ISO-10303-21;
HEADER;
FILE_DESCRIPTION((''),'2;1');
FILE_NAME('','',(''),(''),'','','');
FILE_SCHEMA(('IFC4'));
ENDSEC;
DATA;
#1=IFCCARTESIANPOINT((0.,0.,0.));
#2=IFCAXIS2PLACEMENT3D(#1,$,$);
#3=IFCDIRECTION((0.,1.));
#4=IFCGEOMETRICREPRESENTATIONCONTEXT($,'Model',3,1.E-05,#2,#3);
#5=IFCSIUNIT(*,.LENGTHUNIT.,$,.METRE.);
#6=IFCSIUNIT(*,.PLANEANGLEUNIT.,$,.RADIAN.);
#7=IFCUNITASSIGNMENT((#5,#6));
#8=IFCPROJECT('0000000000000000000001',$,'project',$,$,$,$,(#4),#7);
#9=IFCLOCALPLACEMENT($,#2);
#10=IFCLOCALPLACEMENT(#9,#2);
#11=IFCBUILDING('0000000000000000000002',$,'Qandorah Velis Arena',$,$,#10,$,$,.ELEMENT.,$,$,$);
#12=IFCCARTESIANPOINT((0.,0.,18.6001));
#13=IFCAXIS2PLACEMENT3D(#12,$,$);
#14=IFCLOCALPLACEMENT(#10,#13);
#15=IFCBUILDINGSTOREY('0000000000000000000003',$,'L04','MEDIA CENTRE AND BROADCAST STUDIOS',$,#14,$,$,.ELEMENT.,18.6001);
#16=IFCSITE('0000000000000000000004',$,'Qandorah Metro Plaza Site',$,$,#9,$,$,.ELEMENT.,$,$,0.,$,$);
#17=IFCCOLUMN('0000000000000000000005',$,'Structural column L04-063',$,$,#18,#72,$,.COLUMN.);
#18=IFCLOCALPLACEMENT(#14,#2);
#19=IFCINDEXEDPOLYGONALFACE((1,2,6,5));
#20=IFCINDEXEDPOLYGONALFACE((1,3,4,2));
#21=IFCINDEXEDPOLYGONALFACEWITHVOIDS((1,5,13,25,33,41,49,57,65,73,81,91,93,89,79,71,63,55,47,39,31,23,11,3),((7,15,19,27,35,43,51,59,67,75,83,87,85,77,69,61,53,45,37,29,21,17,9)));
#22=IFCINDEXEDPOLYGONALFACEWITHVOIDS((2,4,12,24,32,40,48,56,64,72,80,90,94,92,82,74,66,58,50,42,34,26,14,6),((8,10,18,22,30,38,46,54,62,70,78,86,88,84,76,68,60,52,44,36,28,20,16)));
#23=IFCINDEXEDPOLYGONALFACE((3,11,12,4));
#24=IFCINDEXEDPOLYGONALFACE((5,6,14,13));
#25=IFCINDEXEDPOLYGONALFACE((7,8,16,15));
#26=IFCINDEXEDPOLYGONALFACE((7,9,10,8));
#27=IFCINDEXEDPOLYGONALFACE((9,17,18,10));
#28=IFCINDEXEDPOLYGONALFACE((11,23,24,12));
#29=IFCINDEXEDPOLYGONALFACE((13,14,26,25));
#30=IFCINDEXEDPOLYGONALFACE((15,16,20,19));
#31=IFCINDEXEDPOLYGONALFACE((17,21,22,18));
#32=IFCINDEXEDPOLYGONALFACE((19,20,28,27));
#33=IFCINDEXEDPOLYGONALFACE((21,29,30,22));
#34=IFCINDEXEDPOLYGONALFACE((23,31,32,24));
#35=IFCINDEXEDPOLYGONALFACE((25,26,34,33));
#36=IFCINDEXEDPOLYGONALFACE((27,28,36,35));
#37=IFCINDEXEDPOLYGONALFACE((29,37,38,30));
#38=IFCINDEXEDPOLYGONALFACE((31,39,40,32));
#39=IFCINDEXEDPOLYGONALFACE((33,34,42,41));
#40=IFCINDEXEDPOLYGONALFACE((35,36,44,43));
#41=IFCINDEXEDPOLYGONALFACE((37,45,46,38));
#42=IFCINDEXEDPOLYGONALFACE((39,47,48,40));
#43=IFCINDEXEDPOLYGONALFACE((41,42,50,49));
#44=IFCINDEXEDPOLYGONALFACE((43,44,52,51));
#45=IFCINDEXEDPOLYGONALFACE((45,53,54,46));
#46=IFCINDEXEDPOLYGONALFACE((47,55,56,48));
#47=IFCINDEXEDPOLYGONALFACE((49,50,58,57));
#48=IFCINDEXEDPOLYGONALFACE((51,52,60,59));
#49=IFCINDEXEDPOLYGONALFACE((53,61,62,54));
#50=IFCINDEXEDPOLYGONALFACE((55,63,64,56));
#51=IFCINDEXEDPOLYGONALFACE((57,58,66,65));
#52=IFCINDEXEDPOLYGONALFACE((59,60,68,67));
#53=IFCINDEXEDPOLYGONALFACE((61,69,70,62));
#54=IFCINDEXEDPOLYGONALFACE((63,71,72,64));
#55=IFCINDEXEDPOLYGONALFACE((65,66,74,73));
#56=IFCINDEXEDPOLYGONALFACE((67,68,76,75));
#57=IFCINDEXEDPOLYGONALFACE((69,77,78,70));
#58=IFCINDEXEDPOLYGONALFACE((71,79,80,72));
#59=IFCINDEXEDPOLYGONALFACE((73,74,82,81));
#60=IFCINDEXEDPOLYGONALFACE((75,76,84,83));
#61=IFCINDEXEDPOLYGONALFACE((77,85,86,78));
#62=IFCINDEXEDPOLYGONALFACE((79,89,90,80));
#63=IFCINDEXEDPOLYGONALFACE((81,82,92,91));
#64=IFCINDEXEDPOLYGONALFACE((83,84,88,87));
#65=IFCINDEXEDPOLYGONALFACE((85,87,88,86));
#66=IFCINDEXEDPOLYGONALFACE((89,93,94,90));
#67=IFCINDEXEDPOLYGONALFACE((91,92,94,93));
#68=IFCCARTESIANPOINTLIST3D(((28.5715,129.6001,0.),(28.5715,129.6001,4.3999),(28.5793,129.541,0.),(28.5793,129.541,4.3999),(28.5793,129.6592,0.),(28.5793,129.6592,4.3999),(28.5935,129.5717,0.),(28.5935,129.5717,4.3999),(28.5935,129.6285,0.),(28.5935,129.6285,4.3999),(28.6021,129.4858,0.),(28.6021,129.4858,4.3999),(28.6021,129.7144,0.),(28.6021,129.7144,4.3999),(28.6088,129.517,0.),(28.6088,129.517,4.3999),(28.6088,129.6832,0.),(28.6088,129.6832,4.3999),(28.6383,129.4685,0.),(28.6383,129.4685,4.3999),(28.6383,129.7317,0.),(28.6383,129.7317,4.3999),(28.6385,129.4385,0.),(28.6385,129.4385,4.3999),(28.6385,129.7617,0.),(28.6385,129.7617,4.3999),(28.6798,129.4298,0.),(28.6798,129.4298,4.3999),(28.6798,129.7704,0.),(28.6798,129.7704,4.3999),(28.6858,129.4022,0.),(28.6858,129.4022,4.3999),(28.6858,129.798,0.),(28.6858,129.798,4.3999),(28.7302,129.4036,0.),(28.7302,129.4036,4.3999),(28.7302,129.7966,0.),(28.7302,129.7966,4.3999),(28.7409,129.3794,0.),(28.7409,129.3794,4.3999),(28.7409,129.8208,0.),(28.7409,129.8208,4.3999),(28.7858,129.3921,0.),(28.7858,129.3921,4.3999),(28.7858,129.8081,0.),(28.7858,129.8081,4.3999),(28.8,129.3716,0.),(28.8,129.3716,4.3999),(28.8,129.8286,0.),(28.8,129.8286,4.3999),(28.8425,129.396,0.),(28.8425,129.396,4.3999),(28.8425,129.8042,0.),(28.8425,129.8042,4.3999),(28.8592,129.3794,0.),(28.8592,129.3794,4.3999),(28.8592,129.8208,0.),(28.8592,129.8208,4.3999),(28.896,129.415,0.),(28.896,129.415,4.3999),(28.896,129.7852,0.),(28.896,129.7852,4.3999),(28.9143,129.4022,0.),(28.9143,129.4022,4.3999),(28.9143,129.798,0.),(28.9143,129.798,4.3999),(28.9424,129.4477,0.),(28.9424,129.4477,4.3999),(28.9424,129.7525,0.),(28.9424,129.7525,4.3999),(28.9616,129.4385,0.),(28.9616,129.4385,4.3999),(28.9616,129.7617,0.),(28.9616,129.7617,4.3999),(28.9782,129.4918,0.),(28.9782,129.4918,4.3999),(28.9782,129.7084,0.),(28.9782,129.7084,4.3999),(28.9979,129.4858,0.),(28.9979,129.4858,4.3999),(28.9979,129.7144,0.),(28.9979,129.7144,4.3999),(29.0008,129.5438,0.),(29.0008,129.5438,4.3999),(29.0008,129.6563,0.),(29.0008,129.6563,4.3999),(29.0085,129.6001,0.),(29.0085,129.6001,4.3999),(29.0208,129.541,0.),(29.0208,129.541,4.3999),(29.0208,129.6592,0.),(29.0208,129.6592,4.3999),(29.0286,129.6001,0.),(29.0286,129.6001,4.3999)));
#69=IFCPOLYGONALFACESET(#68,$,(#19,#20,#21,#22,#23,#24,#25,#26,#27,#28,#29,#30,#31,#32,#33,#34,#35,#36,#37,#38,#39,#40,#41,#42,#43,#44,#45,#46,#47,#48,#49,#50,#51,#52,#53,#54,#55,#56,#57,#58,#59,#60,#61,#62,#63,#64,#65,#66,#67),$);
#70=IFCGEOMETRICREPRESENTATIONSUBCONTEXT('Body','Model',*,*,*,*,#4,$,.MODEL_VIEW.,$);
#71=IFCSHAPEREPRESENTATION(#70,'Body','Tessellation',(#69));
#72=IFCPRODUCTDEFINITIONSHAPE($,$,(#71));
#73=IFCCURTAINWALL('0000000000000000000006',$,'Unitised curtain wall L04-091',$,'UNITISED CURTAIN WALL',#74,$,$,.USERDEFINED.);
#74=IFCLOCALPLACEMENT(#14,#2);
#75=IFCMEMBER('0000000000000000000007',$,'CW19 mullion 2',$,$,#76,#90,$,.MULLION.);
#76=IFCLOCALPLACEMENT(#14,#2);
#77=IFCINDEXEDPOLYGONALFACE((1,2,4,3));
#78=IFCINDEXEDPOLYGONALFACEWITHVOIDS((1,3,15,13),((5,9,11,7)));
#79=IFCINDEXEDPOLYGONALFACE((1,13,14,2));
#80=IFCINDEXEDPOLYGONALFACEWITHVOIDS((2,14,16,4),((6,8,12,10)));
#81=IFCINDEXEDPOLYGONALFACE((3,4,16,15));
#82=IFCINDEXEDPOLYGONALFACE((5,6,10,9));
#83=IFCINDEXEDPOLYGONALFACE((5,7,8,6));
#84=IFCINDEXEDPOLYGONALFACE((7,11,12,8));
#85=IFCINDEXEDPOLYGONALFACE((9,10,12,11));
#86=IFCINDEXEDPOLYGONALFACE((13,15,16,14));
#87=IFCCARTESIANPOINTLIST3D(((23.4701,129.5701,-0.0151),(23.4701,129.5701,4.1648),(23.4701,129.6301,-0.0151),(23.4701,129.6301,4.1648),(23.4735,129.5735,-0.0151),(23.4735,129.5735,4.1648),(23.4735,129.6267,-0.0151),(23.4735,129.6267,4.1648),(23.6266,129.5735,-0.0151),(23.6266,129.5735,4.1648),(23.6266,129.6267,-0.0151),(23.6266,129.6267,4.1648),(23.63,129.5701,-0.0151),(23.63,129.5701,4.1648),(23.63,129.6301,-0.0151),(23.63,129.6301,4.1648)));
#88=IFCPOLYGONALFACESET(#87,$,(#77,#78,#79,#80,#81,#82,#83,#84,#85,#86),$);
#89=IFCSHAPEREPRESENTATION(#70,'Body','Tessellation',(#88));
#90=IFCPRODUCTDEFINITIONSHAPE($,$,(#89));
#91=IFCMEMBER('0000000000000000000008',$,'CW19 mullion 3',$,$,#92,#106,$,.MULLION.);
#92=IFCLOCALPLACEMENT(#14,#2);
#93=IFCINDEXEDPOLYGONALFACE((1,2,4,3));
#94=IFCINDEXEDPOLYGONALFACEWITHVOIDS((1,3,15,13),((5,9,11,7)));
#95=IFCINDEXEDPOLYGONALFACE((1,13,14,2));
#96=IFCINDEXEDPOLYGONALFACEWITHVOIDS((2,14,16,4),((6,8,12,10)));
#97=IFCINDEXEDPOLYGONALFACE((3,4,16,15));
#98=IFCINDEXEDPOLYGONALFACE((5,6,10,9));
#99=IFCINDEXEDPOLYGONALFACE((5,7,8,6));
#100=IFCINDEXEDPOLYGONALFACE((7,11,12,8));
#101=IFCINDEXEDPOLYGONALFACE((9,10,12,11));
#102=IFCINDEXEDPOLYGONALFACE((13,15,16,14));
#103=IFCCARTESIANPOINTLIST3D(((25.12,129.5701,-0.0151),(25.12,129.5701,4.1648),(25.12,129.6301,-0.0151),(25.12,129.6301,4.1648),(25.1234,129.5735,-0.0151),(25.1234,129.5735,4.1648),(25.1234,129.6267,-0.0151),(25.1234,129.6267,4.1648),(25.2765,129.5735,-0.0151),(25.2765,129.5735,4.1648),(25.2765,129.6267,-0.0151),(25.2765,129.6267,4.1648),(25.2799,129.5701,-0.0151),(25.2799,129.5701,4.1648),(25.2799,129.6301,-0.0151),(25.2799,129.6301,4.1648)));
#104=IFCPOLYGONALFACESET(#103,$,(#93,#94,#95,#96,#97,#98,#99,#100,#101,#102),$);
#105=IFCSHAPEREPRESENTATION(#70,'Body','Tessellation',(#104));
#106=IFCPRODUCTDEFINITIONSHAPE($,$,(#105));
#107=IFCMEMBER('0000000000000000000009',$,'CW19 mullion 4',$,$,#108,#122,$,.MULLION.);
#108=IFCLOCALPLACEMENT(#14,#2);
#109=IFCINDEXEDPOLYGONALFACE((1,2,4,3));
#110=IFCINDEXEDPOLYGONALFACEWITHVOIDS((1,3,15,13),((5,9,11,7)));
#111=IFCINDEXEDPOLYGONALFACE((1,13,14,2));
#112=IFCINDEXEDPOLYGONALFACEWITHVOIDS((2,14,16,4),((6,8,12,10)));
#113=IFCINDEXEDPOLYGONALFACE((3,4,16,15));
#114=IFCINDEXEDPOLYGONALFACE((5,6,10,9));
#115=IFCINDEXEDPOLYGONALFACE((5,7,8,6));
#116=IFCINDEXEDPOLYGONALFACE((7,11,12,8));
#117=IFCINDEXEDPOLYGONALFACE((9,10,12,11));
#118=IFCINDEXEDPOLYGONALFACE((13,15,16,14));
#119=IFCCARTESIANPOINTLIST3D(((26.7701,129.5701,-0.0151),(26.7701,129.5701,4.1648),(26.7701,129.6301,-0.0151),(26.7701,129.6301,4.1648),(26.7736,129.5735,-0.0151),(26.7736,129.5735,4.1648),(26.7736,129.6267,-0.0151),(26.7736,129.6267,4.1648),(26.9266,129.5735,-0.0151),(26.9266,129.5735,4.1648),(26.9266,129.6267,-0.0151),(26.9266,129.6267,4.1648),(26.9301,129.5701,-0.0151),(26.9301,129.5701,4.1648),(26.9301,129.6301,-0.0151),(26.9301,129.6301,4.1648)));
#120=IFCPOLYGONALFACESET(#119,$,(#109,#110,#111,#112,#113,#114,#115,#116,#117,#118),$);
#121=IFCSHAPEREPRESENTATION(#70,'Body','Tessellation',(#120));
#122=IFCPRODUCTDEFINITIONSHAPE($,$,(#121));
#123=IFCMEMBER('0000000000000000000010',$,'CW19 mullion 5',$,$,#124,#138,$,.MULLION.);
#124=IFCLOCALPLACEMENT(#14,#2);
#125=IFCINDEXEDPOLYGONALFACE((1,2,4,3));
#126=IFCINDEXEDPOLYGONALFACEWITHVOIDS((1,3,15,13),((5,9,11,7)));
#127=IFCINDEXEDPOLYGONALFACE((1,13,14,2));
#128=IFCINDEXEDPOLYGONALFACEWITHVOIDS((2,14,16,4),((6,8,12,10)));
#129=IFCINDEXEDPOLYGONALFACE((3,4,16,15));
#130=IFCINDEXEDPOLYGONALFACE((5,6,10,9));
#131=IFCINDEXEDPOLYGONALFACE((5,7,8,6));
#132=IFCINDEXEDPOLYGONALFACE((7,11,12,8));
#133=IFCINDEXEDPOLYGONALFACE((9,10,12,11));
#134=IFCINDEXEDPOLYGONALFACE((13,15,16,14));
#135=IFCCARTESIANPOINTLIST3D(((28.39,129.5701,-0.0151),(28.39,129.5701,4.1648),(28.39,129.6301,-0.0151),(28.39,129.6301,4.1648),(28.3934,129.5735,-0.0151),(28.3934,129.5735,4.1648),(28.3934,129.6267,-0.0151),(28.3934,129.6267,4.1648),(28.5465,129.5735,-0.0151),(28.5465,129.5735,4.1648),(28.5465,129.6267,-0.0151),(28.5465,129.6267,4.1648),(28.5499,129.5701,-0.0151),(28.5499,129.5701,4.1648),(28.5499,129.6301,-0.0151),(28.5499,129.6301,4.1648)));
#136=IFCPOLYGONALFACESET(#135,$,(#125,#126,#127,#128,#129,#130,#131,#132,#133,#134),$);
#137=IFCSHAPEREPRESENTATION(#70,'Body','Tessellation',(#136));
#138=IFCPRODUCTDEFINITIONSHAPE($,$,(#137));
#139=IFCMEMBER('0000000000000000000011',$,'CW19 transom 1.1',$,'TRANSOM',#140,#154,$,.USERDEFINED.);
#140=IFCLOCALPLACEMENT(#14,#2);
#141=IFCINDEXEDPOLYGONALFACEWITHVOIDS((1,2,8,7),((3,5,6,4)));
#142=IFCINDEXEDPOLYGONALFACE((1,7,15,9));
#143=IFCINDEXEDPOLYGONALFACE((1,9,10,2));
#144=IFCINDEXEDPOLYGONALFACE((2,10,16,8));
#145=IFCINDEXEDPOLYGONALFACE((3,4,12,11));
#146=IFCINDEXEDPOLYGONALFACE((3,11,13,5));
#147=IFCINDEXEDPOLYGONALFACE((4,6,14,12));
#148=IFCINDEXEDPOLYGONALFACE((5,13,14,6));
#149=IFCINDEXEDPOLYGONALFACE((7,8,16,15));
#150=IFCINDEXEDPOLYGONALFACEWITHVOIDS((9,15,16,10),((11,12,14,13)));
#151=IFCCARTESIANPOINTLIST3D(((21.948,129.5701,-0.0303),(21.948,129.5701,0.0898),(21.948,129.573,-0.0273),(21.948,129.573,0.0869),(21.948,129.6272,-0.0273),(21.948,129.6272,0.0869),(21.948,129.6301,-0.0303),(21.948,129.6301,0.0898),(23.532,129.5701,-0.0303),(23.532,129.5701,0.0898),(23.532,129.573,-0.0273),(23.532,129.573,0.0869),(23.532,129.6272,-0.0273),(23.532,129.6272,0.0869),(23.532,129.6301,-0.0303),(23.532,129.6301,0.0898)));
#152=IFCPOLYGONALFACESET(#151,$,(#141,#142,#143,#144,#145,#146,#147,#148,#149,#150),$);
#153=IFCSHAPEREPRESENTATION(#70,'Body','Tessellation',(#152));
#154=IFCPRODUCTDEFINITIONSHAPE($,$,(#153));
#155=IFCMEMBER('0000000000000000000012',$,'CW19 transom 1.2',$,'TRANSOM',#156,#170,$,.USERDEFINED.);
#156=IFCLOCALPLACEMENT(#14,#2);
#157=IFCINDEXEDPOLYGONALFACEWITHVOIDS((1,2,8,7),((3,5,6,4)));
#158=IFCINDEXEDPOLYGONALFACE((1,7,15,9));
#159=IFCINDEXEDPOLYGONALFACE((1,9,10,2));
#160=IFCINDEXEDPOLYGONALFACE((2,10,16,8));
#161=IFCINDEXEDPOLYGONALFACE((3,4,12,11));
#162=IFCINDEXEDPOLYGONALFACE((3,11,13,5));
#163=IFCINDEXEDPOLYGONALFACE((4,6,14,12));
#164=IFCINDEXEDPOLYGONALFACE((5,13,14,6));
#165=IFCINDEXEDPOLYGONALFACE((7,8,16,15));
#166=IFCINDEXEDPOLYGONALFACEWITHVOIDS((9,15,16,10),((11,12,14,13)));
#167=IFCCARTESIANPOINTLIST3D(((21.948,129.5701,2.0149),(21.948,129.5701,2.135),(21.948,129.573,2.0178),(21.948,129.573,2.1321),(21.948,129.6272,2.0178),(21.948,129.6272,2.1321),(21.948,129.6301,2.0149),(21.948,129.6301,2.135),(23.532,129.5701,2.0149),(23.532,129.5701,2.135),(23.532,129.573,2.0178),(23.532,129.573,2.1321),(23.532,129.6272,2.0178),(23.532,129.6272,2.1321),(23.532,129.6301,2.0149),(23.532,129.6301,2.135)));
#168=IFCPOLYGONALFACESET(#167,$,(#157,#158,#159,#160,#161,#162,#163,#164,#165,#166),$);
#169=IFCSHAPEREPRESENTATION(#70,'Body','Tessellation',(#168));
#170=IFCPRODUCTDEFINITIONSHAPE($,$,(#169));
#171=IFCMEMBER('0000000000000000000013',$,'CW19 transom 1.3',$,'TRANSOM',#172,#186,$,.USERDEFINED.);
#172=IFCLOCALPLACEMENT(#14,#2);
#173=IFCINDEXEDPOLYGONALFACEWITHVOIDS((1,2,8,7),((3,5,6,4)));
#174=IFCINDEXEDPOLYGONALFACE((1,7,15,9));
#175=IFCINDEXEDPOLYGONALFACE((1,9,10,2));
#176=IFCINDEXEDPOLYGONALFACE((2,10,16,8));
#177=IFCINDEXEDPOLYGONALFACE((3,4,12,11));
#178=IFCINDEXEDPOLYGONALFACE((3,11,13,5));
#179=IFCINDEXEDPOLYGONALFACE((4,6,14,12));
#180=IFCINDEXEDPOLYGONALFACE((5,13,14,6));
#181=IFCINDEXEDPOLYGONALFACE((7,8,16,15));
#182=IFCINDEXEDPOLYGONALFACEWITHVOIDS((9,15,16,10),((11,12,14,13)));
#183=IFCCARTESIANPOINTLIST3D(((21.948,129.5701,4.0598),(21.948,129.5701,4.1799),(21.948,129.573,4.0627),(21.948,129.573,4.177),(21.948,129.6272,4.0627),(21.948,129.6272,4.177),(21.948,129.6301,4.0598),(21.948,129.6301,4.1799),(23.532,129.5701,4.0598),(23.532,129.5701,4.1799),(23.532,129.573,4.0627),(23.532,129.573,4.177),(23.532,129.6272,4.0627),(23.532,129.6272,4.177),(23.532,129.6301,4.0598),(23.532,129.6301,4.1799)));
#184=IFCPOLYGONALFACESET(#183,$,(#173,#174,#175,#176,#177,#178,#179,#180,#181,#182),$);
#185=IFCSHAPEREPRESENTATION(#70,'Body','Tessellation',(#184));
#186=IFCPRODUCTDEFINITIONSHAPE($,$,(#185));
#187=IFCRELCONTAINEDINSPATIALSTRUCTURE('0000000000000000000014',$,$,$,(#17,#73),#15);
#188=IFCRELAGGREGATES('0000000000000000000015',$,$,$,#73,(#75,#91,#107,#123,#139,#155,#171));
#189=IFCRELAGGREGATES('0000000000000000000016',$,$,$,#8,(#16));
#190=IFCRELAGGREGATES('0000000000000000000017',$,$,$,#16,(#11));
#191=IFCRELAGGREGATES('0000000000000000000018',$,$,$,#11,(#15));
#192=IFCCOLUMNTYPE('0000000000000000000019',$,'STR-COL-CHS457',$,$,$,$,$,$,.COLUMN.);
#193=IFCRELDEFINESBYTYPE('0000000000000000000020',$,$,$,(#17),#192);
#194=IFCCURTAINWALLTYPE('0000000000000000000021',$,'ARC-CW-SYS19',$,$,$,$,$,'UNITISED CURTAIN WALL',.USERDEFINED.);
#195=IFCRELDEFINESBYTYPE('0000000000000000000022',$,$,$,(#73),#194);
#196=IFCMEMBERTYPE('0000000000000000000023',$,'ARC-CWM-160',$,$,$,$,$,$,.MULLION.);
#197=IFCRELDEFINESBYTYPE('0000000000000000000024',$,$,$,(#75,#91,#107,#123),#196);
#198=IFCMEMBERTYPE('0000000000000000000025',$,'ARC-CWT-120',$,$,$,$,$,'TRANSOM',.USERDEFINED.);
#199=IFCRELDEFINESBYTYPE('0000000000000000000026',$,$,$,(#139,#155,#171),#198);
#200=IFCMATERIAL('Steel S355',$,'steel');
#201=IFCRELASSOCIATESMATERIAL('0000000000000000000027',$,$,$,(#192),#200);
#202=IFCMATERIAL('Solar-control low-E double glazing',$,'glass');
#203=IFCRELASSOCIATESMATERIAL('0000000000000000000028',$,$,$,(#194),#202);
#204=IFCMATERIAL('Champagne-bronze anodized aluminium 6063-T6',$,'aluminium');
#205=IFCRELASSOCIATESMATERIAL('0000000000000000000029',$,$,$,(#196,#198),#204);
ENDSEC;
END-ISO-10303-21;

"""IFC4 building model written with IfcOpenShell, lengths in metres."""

from ifc_helpers import new_model, si_unit, direction, frame, origin, origin_2d, place, context, subcontext, project, spatial, hollow_rectangle, hollow_circle, extrude, material, material_profile, profile_set, type_object, element, aggregate, save


model = new_model("IFC4")

# Units and contexts
model_context = context("Model", 3, precision=1e-05, world=origin(), true_north=direction((0.0, 1.0)))
body_context = subcontext(model_context, "Body", "Model", "MODEL_VIEW")
ifc_project = project(units=[si_unit("LENGTHUNIT", "METRE"), si_unit("PLANEANGLEUNIT", "RADIAN")], contexts=[model_context])

# Site, building, storey
site_placement = place(None, origin())
site = spatial("IfcSite", under=ifc_project, at=site_placement, Name="Qandorah Metro Plaza Site", CompositionType="ELEMENT", RefElevation=0.0)
building_placement = place(site_placement, origin())
building = spatial("IfcBuilding", under=site, at=building_placement, Name="Qandorah Velis Arena", CompositionType="ELEMENT")
storey_placement = place(building_placement, frame((0.0, 0.0, 18.6001)))
storey = spatial("IfcBuildingStorey", under=building, at=storey_placement, Name="L04", Description="MEDIA CENTRE AND BROADCAST STUDIOS", CompositionType="ELEMENT", Elevation=18.6001)

# Column
ifc_material_1 = material(Name="Steel S355", Category="steel")
ifc_material_profile_1 = material_profile(ifc_material_1, hollow_circle(Radius=0.2285, WallThickness=0.02, at=origin_2d()), Name="CHS 457x20")
ifc_profile_set_1 = profile_set([ifc_material_profile_1], Name="Steel S355")
column_type = type_object("IfcColumnType", Name="STR-COL-CHS457", PredefinedType="COLUMN", material=ifc_profile_set_1)
column_placement = place(storey_placement, frame((28.8, 129.6001, 0.0), z_axis=(0.0, 0.0, 1.0), x_axis=(1.0, 0.0, 0.0)))
element("IfcColumn", 1, at=column_placement, inside=storey, type_object=column_type, Name="Structural column L04-063", PredefinedType="COLUMN", context=body_context, shape_type="SweptSolid", body=[
    extrude(hollow_circle(Radius=0.2285, WallThickness=0.02, at=origin_2d()), origin(), (0.0, 0.0, 1.0), 4.3999),
])

# Curtain wall, members
ifc_material_2 = material(Name="Solar-control low-E double glazing", Category="glass")
curtain_wall_type = type_object("IfcCurtainWallType", Name="ARC-CW-SYS19", ElementType="UNITISED CURTAIN WALL", PredefinedType="USERDEFINED", material=ifc_material_2)
curtain_wall_placement = place(storey_placement, origin())
curtain_wall = element("IfcCurtainWall", 2, at=curtain_wall_placement, inside=storey, type_object=curtain_wall_type, Name="Unitised curtain wall L04-091", ObjectType="UNITISED CURTAIN WALL", PredefinedType="USERDEFINED")
ifc_material_3 = material(Name="Champagne-bronze anodized aluminium 6063-T6", Category="aluminium")
ifc_material_profile_2 = material_profile(ifc_material_3, hollow_rectangle(XDim=0.0601, YDim=0.1599, WallThickness=0.0034, at=origin_2d()), Name="ALU MULLION 60x160")
ifc_profile_set_2 = profile_set([ifc_material_profile_2], Name="Champagne-bronze anodized aluminium 6063-T6")
member_type_1 = type_object("IfcMemberType", Name="ARC-CWM-160", PredefinedType="MULLION", material=ifc_profile_set_2)
member_1_placement = place(storey_placement, frame((23.55, 129.6001, -0.0151), z_axis=(0.0, 0.0, 1.0), x_axis=(0.0, 1.0, 0.0)))
member_1 = element("IfcMember", 3, at=member_1_placement, type_object=member_type_1, Name="CW19 mullion 2", PredefinedType="MULLION", context=body_context, shape_type="SweptSolid", body=[
    extrude(hollow_rectangle(XDim=0.0601, YDim=0.1599, WallThickness=0.0034, at=origin_2d()), origin(), (0.0, 0.0, 1.0), 4.1799),
])
member_2_placement = place(storey_placement, frame((25.2, 129.6001, -0.0151), z_axis=(0.0, 0.0, 1.0), x_axis=(0.0, 1.0, 0.0)))
member_2 = element("IfcMember", 4, at=member_2_placement, type_object=member_type_1, Name="CW19 mullion 3", PredefinedType="MULLION", context=body_context, shape_type="SweptSolid", body=[
    extrude(hollow_rectangle(XDim=0.0601, YDim=0.1599, WallThickness=0.0034, at=origin_2d()), origin(), (0.0, 0.0, 1.0), 4.1799),
])
member_3_placement = place(storey_placement, frame((26.8501, 129.6001, -0.0151), z_axis=(0.0, 0.0, 1.0), x_axis=(0.0, 1.0, 0.0)))
member_3 = element("IfcMember", 5, at=member_3_placement, type_object=member_type_1, Name="CW19 mullion 4", PredefinedType="MULLION", context=body_context, shape_type="SweptSolid", body=[
    extrude(hollow_rectangle(XDim=0.0601, YDim=0.1599, WallThickness=0.0034, at=origin_2d()), origin(), (0.0, 0.0, 1.0), 4.1799),
])
member_4_placement = place(storey_placement, frame((28.47, 129.6001, -0.0151), z_axis=(0.0, 0.0, 1.0), x_axis=(0.0, 1.0, 0.0)))
member_4 = element("IfcMember", 6, at=member_4_placement, type_object=member_type_1, Name="CW19 mullion 5", PredefinedType="MULLION", context=body_context, shape_type="SweptSolid", body=[
    extrude(hollow_rectangle(XDim=0.0601, YDim=0.1599, WallThickness=0.0034, at=origin_2d()), origin(), (0.0, 0.0, 1.0), 4.1799),
])
ifc_material_profile_3 = material_profile(ifc_material_3, hollow_rectangle(XDim=0.0601, YDim=0.1201, WallThickness=0.0029, at=origin_2d()), Name="ALU TRANSOM 60x120")
ifc_profile_set_3 = profile_set([ifc_material_profile_3], Name="Champagne-bronze anodized aluminium 6063-T6")
member_type_2 = type_object("IfcMemberType", Name="ARC-CWT-120", ElementType="TRANSOM", PredefinedType="USERDEFINED", material=ifc_profile_set_3)
member_5_placement = place(storey_placement, frame((21.948, 129.6001, 0.0298), z_axis=(1.0, 0.0, 0.0), x_axis=(0.0, 1.0, 0.0)))
member_5 = element("IfcMember", 7, at=member_5_placement, type_object=member_type_2, Name="CW19 transom 1.1", ObjectType="TRANSOM", PredefinedType="USERDEFINED", context=body_context, shape_type="SweptSolid", body=[
    extrude(hollow_rectangle(XDim=0.0601, YDim=0.1201, WallThickness=0.0029, at=origin_2d()), origin(), (0.0, 0.0, 1.0), 1.584),
])
member_6_placement = place(storey_placement, frame((21.948, 129.6001, 2.075), z_axis=(1.0, 0.0, 0.0), x_axis=(0.0, 1.0, 0.0)))
member_6 = element("IfcMember", 8, at=member_6_placement, type_object=member_type_2, Name="CW19 transom 1.2", ObjectType="TRANSOM", PredefinedType="USERDEFINED", context=body_context, shape_type="SweptSolid", body=[
    extrude(hollow_rectangle(XDim=0.0601, YDim=0.1201, WallThickness=0.0029, at=origin_2d()), origin(), (0.0, 0.0, 1.0), 1.584),
])
member_7_placement = place(storey_placement, frame((21.948, 129.6001, 4.1199), z_axis=(1.0, 0.0, 0.0), x_axis=(0.0, 1.0, 0.0)))
member_7 = element("IfcMember", 9, at=member_7_placement, type_object=member_type_2, Name="CW19 transom 1.3", ObjectType="TRANSOM", PredefinedType="USERDEFINED", context=body_context, shape_type="SweptSolid", body=[
    extrude(hollow_rectangle(XDim=0.0601, YDim=0.1201, WallThickness=0.0029, at=origin_2d()), origin(), (0.0, 0.0, 1.0), 1.584),
])

aggregate(curtain_wall, [member_1, member_2, member_3, member_4, member_5, member_6, member_7])

save(model, "model.ifc")
